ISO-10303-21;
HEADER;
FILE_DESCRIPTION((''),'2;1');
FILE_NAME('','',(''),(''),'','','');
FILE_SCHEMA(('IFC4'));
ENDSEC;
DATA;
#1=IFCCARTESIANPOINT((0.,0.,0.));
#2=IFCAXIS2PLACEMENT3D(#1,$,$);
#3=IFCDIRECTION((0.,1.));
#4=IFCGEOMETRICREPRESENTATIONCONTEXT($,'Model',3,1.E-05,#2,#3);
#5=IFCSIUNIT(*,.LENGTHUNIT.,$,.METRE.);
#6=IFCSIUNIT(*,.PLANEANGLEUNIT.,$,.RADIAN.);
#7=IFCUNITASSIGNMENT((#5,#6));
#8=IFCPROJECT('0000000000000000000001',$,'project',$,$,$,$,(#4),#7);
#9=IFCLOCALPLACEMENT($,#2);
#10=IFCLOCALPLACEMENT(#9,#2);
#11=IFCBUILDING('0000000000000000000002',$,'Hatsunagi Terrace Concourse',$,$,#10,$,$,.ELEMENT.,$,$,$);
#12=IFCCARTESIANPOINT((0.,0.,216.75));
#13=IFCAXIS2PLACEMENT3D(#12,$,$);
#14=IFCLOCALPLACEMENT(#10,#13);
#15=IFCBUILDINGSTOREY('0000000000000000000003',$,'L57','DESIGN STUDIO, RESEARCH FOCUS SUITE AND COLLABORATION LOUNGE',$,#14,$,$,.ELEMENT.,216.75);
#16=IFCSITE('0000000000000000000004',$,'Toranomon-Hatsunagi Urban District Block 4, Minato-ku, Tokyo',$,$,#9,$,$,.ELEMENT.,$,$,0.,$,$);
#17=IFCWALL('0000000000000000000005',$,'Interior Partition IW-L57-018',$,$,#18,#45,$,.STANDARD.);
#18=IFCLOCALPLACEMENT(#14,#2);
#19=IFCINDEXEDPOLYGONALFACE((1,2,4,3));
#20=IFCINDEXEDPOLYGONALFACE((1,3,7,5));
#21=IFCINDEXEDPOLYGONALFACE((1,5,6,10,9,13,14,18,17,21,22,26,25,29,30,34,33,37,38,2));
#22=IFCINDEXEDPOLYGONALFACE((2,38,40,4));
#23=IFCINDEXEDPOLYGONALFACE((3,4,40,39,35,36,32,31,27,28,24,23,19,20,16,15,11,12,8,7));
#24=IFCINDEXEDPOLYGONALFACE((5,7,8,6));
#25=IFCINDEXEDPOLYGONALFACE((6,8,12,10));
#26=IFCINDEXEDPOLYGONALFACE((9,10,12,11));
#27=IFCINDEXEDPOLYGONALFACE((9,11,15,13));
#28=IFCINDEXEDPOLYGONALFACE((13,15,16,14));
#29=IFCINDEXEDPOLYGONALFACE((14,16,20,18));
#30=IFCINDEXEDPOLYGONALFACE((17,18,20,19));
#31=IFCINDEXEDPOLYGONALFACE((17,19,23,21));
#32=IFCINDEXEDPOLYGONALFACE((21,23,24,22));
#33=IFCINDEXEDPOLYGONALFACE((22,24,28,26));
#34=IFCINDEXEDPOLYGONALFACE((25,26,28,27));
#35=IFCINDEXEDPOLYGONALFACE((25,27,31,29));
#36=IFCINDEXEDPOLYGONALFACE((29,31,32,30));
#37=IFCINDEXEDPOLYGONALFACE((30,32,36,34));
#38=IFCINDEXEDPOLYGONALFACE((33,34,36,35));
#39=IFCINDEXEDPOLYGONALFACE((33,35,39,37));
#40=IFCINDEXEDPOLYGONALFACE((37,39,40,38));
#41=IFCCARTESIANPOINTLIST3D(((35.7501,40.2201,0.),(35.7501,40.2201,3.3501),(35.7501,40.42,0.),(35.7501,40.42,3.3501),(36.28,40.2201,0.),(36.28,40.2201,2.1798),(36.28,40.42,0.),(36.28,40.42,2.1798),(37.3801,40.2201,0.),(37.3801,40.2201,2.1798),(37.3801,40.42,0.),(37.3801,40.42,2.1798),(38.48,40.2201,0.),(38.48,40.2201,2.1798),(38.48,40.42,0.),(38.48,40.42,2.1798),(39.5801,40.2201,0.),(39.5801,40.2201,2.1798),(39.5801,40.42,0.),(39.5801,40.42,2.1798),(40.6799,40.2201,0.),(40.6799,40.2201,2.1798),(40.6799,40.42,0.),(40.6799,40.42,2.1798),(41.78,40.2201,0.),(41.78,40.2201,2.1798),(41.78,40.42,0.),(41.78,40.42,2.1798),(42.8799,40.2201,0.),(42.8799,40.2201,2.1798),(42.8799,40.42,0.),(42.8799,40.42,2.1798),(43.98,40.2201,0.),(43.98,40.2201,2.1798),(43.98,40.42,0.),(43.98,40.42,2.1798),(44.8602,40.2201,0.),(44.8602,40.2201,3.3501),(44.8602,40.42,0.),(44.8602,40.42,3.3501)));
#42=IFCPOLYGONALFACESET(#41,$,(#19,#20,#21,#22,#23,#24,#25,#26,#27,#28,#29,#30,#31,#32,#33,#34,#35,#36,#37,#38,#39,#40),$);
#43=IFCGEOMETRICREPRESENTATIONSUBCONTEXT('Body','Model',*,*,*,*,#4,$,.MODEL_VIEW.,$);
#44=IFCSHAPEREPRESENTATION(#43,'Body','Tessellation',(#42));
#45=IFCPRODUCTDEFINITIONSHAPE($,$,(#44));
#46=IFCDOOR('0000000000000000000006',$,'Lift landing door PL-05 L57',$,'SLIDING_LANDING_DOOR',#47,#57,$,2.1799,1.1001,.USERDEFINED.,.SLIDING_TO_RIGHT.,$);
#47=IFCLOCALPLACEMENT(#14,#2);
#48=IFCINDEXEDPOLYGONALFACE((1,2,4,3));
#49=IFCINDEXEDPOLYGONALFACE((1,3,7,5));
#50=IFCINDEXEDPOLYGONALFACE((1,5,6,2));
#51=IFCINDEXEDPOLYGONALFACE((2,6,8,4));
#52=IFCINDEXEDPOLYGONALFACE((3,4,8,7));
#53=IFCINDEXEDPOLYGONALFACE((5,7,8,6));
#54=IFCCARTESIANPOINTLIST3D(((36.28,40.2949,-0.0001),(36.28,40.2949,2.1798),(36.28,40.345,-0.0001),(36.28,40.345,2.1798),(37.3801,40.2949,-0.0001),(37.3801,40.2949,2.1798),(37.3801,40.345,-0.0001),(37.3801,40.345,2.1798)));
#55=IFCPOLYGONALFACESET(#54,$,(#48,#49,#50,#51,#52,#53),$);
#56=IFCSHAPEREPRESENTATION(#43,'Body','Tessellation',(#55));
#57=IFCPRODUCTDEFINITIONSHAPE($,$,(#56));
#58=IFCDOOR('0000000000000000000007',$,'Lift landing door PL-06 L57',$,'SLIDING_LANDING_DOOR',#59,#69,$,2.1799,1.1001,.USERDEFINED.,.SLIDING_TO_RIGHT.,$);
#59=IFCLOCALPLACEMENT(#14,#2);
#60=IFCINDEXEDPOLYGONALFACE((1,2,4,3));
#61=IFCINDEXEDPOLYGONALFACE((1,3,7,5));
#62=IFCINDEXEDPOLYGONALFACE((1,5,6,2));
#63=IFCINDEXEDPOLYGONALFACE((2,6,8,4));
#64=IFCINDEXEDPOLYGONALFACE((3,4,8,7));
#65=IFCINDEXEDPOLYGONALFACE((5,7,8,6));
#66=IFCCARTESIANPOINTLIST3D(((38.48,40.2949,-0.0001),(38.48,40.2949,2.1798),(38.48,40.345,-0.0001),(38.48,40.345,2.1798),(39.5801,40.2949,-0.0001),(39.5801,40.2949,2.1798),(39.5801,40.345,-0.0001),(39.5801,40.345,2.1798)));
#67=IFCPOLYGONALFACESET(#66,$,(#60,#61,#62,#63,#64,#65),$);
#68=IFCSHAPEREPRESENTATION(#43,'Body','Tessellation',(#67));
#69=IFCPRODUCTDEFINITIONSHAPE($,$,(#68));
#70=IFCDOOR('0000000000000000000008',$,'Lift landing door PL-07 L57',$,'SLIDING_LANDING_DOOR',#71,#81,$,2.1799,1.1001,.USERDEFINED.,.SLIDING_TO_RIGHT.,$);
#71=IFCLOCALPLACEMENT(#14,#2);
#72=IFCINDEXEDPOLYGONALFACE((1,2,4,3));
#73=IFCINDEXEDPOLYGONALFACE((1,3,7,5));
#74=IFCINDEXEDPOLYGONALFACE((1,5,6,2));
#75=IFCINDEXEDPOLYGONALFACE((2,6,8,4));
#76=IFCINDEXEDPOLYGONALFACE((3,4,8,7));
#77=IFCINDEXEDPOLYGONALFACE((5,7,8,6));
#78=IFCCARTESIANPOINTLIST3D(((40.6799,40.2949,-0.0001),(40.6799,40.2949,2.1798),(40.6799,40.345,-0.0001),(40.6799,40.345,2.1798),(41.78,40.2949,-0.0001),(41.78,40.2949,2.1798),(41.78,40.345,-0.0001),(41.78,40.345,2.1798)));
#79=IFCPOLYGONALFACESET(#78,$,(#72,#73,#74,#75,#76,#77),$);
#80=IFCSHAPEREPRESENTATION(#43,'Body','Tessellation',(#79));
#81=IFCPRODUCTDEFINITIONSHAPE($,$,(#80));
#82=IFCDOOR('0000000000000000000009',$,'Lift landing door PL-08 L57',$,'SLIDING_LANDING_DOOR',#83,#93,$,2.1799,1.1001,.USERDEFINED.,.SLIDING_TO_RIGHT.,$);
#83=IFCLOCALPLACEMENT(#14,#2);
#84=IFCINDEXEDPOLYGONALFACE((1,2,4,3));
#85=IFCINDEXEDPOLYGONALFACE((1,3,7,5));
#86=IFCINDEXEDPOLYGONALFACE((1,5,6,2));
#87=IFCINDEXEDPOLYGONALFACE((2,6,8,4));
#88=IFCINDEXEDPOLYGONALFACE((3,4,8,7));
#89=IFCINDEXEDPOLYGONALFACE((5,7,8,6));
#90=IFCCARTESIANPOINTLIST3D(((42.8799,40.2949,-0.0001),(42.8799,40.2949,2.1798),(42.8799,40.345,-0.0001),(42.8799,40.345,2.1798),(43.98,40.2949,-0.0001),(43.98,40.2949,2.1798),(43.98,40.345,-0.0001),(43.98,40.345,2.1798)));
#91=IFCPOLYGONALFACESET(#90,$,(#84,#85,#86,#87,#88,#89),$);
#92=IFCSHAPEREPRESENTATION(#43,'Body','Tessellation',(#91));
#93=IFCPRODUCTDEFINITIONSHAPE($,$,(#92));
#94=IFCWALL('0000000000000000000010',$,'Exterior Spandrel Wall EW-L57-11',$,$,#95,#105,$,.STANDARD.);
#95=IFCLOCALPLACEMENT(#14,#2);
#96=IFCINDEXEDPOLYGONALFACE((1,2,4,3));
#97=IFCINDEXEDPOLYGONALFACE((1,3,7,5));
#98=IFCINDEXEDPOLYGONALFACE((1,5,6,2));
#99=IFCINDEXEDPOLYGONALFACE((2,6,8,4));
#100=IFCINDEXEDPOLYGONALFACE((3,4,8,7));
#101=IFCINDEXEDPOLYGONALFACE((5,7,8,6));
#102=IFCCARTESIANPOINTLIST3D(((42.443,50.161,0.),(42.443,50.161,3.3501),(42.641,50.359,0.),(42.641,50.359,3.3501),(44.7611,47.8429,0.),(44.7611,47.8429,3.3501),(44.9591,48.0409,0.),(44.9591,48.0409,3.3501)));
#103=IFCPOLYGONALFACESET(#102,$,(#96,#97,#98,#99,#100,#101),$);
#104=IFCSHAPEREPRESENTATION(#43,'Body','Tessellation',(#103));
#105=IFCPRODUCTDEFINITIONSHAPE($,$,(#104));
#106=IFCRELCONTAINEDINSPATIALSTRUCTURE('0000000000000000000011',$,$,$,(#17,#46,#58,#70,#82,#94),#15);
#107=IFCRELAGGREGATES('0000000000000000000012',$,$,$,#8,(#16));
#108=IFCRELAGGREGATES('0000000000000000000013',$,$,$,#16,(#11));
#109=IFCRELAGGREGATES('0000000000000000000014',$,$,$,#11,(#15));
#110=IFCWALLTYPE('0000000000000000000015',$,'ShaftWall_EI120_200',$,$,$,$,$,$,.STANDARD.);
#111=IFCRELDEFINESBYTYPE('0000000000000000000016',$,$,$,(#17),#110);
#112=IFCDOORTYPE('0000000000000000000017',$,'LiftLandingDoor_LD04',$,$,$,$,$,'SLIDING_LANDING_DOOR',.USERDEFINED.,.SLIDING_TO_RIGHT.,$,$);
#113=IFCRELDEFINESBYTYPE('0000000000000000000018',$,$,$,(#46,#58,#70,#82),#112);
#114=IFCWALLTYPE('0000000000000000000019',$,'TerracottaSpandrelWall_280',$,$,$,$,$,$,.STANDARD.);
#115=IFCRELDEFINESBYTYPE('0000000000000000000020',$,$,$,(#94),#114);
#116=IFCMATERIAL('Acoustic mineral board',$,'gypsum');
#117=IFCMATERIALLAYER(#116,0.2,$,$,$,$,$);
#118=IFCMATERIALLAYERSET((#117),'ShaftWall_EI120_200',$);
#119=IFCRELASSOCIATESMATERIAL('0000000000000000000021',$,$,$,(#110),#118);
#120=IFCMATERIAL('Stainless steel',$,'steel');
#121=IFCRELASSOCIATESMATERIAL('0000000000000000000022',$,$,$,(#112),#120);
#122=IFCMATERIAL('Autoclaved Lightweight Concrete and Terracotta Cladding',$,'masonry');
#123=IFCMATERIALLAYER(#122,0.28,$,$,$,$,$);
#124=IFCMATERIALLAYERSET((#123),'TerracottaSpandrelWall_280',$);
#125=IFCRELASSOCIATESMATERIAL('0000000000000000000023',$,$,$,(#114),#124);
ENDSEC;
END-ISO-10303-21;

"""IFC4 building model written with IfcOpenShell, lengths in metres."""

from ifc_helpers import new_model, si_unit, direction, frame, frame_2d, origin, place, context, subcontext, project, spatial, rectangle, extrude, material, layer, layer_set, type_object, element, fill, save


model = new_model("IFC4")

# Units and contexts
model_context = context("Model", 3, precision=1e-05, world=origin(), true_north=direction((0.0, 1.0)))
body_context = subcontext(model_context, "Body", "Model", "MODEL_VIEW")
ifc_project = project(units=[si_unit("LENGTHUNIT", "METRE"), si_unit("PLANEANGLEUNIT", "RADIAN")], contexts=[model_context])

# Site, building, storey
site_placement = place(None, origin())
site = spatial("IfcSite", under=ifc_project, at=site_placement, Name="Toranomon-Hatsunagi Urban District Block 4, Minato-ku, Tokyo", CompositionType="ELEMENT", RefElevation=0.0)
building_placement = place(site_placement, origin())
building = spatial("IfcBuilding", under=site, at=building_placement, Name="Hatsunagi Terrace Concourse", CompositionType="ELEMENT")
storey_placement = place(building_placement, frame((0.0, 0.0, 216.75)))
storey = spatial("IfcBuildingStorey", under=building, at=storey_placement, Name="L57", Description="DESIGN STUDIO, RESEARCH FOCUS SUITE AND COLLABORATION LOUNGE", CompositionType="ELEMENT", Elevation=216.75)

# Shared definitions
ifc_material_1 = material(Name="Acoustic mineral board", Category="gypsum")
ifc_layer_1 = layer(ifc_material_1, 0.2)
ifc_layer_set_1 = layer_set([ifc_layer_1], Name="ShaftWall_EI120_200")
wall_type_1 = type_object("IfcWallType", Name="ShaftWall_EI120_200", PredefinedType="STANDARD", material=ifc_layer_set_1)

# Wall, openings, doors
wall_1_placement = place(storey_placement, frame((35.75, 40.3201, 0.0), z_axis=(0.0, 0.0, 1.0), x_axis=(1.0, 0.0, 0.0)))
wall_1 = element("IfcWall", 1, at=wall_1_placement, inside=storey, type_object=wall_type_1, Name="Interior Partition IW-L57-018", PredefinedType="STANDARD", context=body_context, shape_type="SweptSolid", body=[
    extrude(rectangle(XDim=9.1101, YDim=0.2, at=frame_2d((4.5552, 0.0))), origin(), (0.0, 0.0, 1.0), 3.3501),
])
opening_1_placement = place(wall_1_placement, frame((0.53, 0.0, 0.0)))
opening_1 = element("IfcOpeningElement", 2, at=opening_1_placement, cuts=wall_1, PredefinedType="OPENING", context=body_context, shape_type="SweptSolid", body=[
    extrude(rectangle(XDim=1.1001, YDim=2.1799, at=frame_2d((0.55, 1.0898))), frame((0.0, 0.1099, 0.0), z_axis=(0.0, -1.0, 0.0), x_axis=(1.0, 0.0, 0.0)), (0.0, 0.0, 1.0), 0.22),
])
opening_2_placement = place(wall_1_placement, frame((2.73, 0.0, 0.0)))
opening_2 = element("IfcOpeningElement", 3, at=opening_2_placement, cuts=wall_1, PredefinedType="OPENING", context=body_context, shape_type="SweptSolid", body=[
    extrude(rectangle(XDim=1.1001, YDim=2.1799, at=frame_2d((0.55, 1.0898))), frame((0.0, 0.1099, 0.0), z_axis=(0.0, -1.0, 0.0), x_axis=(1.0, 0.0, 0.0)), (0.0, 0.0, 1.0), 0.22),
])
opening_3_placement = place(wall_1_placement, frame((4.9299, 0.0, 0.0)))
opening_3 = element("IfcOpeningElement", 4, at=opening_3_placement, cuts=wall_1, PredefinedType="OPENING", context=body_context, shape_type="SweptSolid", body=[
    extrude(rectangle(XDim=1.1001, YDim=2.1799, at=frame_2d((0.55, 1.0898))), frame((0.0, 0.1099, 0.0), z_axis=(0.0, -1.0, 0.0), x_axis=(1.0, 0.0, 0.0)), (0.0, 0.0, 1.0), 0.22),
])
opening_4_placement = place(wall_1_placement, frame((7.1299, 0.0, 0.0)))
opening_4 = element("IfcOpeningElement", 5, at=opening_4_placement, cuts=wall_1, PredefinedType="OPENING", context=body_context, shape_type="SweptSolid", body=[
    extrude(rectangle(XDim=1.1001, YDim=2.1799, at=frame_2d((0.55, 1.0898))), frame((0.0, 0.1099, 0.0), z_axis=(0.0, -1.0, 0.0), x_axis=(1.0, 0.0, 0.0)), (0.0, 0.0, 1.0), 0.22),
])
ifc_material_2 = material(Name="Stainless steel", Category="steel")
door_type_1 = type_object("IfcDoorType", Name="LiftLandingDoor_LD04", ElementType="SLIDING_LANDING_DOOR", OperationType="SLIDING_TO_RIGHT", PredefinedType="USERDEFINED", material=ifc_material_2)
door_1_placement = place(opening_1_placement, origin())
door_1 = element("IfcDoor", 6, at=door_1_placement, inside=storey, type_object=door_type_1, Name="Lift landing door PL-05 L57", ObjectType="SLIDING_LANDING_DOOR", OperationType="SLIDING_TO_RIGHT", OverallHeight=2.1799, OverallWidth=1.1001, PredefinedType="USERDEFINED", context=body_context, shape_type="SweptSolid", body=[
    extrude(rectangle(XDim=1.1001, YDim=2.1799, at=frame_2d((0.55, 1.0898))), frame((0.0, 0.0249, 0.0), z_axis=(0.0, -1.0, 0.0), x_axis=(1.0, 0.0, 0.0)), (0.0, 0.0, 1.0), 0.05),
])
fill(opening_1, door_1)
door_2_placement = place(opening_2_placement, origin())
door_2 = element("IfcDoor", 7, at=door_2_placement, inside=storey, type_object=door_type_1, Name="Lift landing door PL-06 L57", ObjectType="SLIDING_LANDING_DOOR", OperationType="SLIDING_TO_RIGHT", OverallHeight=2.1799, OverallWidth=1.1001, PredefinedType="USERDEFINED", context=body_context, shape_type="SweptSolid", body=[
    extrude(rectangle(XDim=1.1001, YDim=2.1799, at=frame_2d((0.55, 1.0898))), frame((0.0, 0.0249, 0.0), z_axis=(0.0, -1.0, 0.0), x_axis=(1.0, 0.0, 0.0)), (0.0, 0.0, 1.0), 0.05),
])
fill(opening_2, door_2)
door_3_placement = place(opening_3_placement, origin())
door_3 = element("IfcDoor", 8, at=door_3_placement, inside=storey, type_object=door_type_1, Name="Lift landing door PL-07 L57", ObjectType="SLIDING_LANDING_DOOR", OperationType="SLIDING_TO_RIGHT", OverallHeight=2.1799, OverallWidth=1.1001, PredefinedType="USERDEFINED", context=body_context, shape_type="SweptSolid", body=[
    extrude(rectangle(XDim=1.1001, YDim=2.1799, at=frame_2d((0.55, 1.0898))), frame((0.0, 0.0249, 0.0), z_axis=(0.0, -1.0, 0.0), x_axis=(1.0, 0.0, 0.0)), (0.0, 0.0, 1.0), 0.05),
])
fill(opening_3, door_3)
door_4_placement = place(opening_4_placement, origin())
door_4 = element("IfcDoor", 9, at=door_4_placement, inside=storey, type_object=door_type_1, Name="Lift landing door PL-08 L57", ObjectType="SLIDING_LANDING_DOOR", OperationType="SLIDING_TO_RIGHT", OverallHeight=2.1799, OverallWidth=1.1001, PredefinedType="USERDEFINED", context=body_context, shape_type="SweptSolid", body=[
    extrude(rectangle(XDim=1.1001, YDim=2.1799, at=frame_2d((0.55, 1.0898))), frame((0.0, 0.0249, 0.0), z_axis=(0.0, -1.0, 0.0), x_axis=(1.0, 0.0, 0.0)), (0.0, 0.0, 1.0), 0.05),
])
fill(opening_4, door_4)

# Wall
ifc_material_3 = material(Name="Autoclaved Lightweight Concrete and Terracotta Cladding", Category="masonry")
ifc_layer_2 = layer(ifc_material_3, 0.28)
ifc_layer_set_2 = layer_set([ifc_layer_2], Name="TerracottaSpandrelWall_280")
wall_type_2 = type_object("IfcWallType", Name="TerracottaSpandrelWall_280", PredefinedType="STANDARD", material=ifc_layer_set_2)
wall_2_placement = place(storey_placement, frame((42.542, 50.26, 0.0), z_axis=(0.0, 0.0, 1.0), x_axis=(0.707107, -0.707107, 0.0)))
element("IfcWall", 10, at=wall_2_placement, inside=storey, type_object=wall_type_2, Name="Exterior Spandrel Wall EW-L57-11", PredefinedType="STANDARD", context=body_context, shape_type="SweptSolid", body=[
    extrude(rectangle(XDim=3.2783, YDim=0.28, at=frame_2d((1.6392, 0.0))), origin(), (0.0, 0.0, 1.0), 3.3501),
])

save(model, "model.ifc")
